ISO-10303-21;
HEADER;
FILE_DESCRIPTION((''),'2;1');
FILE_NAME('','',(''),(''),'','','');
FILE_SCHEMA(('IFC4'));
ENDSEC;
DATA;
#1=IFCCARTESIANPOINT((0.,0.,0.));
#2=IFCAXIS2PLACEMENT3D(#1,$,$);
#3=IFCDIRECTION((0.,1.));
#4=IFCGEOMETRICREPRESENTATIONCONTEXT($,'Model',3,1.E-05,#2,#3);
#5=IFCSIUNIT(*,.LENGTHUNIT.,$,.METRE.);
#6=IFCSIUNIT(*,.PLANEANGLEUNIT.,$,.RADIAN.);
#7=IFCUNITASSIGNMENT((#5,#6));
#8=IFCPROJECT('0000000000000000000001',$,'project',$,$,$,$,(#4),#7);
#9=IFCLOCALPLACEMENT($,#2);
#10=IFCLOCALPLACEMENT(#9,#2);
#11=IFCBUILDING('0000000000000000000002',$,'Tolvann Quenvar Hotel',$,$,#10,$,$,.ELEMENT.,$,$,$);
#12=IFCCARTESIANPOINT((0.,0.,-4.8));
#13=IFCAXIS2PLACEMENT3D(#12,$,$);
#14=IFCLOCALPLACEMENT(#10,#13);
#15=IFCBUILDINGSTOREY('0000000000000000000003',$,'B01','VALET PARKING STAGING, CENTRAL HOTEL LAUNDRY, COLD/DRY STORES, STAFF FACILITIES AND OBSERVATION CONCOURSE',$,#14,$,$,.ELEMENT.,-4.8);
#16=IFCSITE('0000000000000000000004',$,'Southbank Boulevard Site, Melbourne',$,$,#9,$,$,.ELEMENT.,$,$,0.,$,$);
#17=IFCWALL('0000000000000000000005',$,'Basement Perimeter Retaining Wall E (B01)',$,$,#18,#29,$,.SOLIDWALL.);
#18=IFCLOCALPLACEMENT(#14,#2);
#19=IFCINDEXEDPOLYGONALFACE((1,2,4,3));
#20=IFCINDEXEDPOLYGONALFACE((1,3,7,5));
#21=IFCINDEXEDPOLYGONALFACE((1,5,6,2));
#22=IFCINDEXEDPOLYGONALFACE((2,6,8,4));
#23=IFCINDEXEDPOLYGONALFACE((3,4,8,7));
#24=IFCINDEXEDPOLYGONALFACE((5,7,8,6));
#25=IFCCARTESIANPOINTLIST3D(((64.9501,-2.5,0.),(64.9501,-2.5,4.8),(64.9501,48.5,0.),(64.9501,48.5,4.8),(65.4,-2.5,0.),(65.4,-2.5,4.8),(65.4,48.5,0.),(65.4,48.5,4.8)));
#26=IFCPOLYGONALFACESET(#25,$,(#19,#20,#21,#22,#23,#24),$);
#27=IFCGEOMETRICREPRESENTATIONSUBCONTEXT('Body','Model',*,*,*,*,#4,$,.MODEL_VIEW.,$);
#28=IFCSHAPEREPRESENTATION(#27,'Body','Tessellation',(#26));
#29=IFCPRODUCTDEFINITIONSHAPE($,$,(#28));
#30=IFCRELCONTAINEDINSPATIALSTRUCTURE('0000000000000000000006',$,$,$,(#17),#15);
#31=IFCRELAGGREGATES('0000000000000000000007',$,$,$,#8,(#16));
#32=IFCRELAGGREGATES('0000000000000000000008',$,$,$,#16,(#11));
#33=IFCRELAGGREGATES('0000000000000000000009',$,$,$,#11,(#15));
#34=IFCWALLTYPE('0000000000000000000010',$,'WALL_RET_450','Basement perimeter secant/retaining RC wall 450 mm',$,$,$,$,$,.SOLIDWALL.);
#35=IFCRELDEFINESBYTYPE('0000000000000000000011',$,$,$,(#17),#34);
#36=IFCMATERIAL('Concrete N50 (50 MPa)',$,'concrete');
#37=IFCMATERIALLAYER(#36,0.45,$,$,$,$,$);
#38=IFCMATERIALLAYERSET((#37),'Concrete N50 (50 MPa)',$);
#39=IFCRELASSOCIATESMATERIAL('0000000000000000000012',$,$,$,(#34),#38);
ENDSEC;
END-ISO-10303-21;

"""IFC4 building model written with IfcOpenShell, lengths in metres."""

from ifc_helpers import new_model, si_unit, direction, frame, frame_2d, origin, place, context, subcontext, project, spatial, rectangle, extrude, material, layer, layer_set, type_object, element, save


model = new_model("IFC4")

# Units and contexts
model_context = context("Model", 3, precision=1e-05, world=origin(), true_north=direction((0.0, 1.0)))
body_context = subcontext(model_context, "Body", "Model", "MODEL_VIEW")
ifc_project = project(units=[si_unit("LENGTHUNIT", "METRE"), si_unit("PLANEANGLEUNIT", "RADIAN")], contexts=[model_context])

# Site, building, storey
site_placement = place(None, origin())
site = spatial("IfcSite", under=ifc_project, at=site_placement, Name="Southbank Boulevard Site, Melbourne", CompositionType="ELEMENT", RefElevation=0.0)
building_placement = place(site_placement, origin())
building = spatial("IfcBuilding", under=site, at=building_placement, Name="Tolvann Quenvar Hotel", CompositionType="ELEMENT")
storey_placement = place(building_placement, frame((0.0, 0.0, -4.8)))
storey = spatial("IfcBuildingStorey", under=building, at=storey_placement, Name="B01", Description="VALET PARKING STAGING, CENTRAL HOTEL LAUNDRY, COLD/DRY STORES, STAFF FACILITIES AND OBSERVATION CONCOURSE", CompositionType="ELEMENT", Elevation=-4.8)

# Shared definitions
ifc_material_1 = material(Name="Concrete N50 (50 MPa)", Category="concrete")

# Wall
ifc_layer_1 = layer(ifc_material_1, 0.45)
ifc_layer_set_1 = layer_set([ifc_layer_1], Name="Concrete N50 (50 MPa)")
wall_type_1 = type_object("IfcWallType", Name="WALL_RET_450", Description="Basement perimeter secant/retaining RC wall 450 mm", PredefinedType="SOLIDWALL", material=ifc_layer_set_1)
wall_1_placement = place(storey_placement, frame((65.175, -2.5, 0.0), z_axis=(0.0, 0.0, 1.0), x_axis=(0.0, 1.0, 0.0)))
element("IfcWall", 1, at=wall_1_placement, inside=storey, type_object=wall_type_1, Name="Basement Perimeter Retaining Wall E (B01)", PredefinedType="SOLIDWALL", context=body_context, shape_type="SweptSolid", body=[
    extrude(rectangle(XDim=51.0, YDim=0.45, at=frame_2d((25.5, 0.0))), origin(), (0.0, 0.0, 1.0), 4.8),
])

save(model, "model.ifc")
